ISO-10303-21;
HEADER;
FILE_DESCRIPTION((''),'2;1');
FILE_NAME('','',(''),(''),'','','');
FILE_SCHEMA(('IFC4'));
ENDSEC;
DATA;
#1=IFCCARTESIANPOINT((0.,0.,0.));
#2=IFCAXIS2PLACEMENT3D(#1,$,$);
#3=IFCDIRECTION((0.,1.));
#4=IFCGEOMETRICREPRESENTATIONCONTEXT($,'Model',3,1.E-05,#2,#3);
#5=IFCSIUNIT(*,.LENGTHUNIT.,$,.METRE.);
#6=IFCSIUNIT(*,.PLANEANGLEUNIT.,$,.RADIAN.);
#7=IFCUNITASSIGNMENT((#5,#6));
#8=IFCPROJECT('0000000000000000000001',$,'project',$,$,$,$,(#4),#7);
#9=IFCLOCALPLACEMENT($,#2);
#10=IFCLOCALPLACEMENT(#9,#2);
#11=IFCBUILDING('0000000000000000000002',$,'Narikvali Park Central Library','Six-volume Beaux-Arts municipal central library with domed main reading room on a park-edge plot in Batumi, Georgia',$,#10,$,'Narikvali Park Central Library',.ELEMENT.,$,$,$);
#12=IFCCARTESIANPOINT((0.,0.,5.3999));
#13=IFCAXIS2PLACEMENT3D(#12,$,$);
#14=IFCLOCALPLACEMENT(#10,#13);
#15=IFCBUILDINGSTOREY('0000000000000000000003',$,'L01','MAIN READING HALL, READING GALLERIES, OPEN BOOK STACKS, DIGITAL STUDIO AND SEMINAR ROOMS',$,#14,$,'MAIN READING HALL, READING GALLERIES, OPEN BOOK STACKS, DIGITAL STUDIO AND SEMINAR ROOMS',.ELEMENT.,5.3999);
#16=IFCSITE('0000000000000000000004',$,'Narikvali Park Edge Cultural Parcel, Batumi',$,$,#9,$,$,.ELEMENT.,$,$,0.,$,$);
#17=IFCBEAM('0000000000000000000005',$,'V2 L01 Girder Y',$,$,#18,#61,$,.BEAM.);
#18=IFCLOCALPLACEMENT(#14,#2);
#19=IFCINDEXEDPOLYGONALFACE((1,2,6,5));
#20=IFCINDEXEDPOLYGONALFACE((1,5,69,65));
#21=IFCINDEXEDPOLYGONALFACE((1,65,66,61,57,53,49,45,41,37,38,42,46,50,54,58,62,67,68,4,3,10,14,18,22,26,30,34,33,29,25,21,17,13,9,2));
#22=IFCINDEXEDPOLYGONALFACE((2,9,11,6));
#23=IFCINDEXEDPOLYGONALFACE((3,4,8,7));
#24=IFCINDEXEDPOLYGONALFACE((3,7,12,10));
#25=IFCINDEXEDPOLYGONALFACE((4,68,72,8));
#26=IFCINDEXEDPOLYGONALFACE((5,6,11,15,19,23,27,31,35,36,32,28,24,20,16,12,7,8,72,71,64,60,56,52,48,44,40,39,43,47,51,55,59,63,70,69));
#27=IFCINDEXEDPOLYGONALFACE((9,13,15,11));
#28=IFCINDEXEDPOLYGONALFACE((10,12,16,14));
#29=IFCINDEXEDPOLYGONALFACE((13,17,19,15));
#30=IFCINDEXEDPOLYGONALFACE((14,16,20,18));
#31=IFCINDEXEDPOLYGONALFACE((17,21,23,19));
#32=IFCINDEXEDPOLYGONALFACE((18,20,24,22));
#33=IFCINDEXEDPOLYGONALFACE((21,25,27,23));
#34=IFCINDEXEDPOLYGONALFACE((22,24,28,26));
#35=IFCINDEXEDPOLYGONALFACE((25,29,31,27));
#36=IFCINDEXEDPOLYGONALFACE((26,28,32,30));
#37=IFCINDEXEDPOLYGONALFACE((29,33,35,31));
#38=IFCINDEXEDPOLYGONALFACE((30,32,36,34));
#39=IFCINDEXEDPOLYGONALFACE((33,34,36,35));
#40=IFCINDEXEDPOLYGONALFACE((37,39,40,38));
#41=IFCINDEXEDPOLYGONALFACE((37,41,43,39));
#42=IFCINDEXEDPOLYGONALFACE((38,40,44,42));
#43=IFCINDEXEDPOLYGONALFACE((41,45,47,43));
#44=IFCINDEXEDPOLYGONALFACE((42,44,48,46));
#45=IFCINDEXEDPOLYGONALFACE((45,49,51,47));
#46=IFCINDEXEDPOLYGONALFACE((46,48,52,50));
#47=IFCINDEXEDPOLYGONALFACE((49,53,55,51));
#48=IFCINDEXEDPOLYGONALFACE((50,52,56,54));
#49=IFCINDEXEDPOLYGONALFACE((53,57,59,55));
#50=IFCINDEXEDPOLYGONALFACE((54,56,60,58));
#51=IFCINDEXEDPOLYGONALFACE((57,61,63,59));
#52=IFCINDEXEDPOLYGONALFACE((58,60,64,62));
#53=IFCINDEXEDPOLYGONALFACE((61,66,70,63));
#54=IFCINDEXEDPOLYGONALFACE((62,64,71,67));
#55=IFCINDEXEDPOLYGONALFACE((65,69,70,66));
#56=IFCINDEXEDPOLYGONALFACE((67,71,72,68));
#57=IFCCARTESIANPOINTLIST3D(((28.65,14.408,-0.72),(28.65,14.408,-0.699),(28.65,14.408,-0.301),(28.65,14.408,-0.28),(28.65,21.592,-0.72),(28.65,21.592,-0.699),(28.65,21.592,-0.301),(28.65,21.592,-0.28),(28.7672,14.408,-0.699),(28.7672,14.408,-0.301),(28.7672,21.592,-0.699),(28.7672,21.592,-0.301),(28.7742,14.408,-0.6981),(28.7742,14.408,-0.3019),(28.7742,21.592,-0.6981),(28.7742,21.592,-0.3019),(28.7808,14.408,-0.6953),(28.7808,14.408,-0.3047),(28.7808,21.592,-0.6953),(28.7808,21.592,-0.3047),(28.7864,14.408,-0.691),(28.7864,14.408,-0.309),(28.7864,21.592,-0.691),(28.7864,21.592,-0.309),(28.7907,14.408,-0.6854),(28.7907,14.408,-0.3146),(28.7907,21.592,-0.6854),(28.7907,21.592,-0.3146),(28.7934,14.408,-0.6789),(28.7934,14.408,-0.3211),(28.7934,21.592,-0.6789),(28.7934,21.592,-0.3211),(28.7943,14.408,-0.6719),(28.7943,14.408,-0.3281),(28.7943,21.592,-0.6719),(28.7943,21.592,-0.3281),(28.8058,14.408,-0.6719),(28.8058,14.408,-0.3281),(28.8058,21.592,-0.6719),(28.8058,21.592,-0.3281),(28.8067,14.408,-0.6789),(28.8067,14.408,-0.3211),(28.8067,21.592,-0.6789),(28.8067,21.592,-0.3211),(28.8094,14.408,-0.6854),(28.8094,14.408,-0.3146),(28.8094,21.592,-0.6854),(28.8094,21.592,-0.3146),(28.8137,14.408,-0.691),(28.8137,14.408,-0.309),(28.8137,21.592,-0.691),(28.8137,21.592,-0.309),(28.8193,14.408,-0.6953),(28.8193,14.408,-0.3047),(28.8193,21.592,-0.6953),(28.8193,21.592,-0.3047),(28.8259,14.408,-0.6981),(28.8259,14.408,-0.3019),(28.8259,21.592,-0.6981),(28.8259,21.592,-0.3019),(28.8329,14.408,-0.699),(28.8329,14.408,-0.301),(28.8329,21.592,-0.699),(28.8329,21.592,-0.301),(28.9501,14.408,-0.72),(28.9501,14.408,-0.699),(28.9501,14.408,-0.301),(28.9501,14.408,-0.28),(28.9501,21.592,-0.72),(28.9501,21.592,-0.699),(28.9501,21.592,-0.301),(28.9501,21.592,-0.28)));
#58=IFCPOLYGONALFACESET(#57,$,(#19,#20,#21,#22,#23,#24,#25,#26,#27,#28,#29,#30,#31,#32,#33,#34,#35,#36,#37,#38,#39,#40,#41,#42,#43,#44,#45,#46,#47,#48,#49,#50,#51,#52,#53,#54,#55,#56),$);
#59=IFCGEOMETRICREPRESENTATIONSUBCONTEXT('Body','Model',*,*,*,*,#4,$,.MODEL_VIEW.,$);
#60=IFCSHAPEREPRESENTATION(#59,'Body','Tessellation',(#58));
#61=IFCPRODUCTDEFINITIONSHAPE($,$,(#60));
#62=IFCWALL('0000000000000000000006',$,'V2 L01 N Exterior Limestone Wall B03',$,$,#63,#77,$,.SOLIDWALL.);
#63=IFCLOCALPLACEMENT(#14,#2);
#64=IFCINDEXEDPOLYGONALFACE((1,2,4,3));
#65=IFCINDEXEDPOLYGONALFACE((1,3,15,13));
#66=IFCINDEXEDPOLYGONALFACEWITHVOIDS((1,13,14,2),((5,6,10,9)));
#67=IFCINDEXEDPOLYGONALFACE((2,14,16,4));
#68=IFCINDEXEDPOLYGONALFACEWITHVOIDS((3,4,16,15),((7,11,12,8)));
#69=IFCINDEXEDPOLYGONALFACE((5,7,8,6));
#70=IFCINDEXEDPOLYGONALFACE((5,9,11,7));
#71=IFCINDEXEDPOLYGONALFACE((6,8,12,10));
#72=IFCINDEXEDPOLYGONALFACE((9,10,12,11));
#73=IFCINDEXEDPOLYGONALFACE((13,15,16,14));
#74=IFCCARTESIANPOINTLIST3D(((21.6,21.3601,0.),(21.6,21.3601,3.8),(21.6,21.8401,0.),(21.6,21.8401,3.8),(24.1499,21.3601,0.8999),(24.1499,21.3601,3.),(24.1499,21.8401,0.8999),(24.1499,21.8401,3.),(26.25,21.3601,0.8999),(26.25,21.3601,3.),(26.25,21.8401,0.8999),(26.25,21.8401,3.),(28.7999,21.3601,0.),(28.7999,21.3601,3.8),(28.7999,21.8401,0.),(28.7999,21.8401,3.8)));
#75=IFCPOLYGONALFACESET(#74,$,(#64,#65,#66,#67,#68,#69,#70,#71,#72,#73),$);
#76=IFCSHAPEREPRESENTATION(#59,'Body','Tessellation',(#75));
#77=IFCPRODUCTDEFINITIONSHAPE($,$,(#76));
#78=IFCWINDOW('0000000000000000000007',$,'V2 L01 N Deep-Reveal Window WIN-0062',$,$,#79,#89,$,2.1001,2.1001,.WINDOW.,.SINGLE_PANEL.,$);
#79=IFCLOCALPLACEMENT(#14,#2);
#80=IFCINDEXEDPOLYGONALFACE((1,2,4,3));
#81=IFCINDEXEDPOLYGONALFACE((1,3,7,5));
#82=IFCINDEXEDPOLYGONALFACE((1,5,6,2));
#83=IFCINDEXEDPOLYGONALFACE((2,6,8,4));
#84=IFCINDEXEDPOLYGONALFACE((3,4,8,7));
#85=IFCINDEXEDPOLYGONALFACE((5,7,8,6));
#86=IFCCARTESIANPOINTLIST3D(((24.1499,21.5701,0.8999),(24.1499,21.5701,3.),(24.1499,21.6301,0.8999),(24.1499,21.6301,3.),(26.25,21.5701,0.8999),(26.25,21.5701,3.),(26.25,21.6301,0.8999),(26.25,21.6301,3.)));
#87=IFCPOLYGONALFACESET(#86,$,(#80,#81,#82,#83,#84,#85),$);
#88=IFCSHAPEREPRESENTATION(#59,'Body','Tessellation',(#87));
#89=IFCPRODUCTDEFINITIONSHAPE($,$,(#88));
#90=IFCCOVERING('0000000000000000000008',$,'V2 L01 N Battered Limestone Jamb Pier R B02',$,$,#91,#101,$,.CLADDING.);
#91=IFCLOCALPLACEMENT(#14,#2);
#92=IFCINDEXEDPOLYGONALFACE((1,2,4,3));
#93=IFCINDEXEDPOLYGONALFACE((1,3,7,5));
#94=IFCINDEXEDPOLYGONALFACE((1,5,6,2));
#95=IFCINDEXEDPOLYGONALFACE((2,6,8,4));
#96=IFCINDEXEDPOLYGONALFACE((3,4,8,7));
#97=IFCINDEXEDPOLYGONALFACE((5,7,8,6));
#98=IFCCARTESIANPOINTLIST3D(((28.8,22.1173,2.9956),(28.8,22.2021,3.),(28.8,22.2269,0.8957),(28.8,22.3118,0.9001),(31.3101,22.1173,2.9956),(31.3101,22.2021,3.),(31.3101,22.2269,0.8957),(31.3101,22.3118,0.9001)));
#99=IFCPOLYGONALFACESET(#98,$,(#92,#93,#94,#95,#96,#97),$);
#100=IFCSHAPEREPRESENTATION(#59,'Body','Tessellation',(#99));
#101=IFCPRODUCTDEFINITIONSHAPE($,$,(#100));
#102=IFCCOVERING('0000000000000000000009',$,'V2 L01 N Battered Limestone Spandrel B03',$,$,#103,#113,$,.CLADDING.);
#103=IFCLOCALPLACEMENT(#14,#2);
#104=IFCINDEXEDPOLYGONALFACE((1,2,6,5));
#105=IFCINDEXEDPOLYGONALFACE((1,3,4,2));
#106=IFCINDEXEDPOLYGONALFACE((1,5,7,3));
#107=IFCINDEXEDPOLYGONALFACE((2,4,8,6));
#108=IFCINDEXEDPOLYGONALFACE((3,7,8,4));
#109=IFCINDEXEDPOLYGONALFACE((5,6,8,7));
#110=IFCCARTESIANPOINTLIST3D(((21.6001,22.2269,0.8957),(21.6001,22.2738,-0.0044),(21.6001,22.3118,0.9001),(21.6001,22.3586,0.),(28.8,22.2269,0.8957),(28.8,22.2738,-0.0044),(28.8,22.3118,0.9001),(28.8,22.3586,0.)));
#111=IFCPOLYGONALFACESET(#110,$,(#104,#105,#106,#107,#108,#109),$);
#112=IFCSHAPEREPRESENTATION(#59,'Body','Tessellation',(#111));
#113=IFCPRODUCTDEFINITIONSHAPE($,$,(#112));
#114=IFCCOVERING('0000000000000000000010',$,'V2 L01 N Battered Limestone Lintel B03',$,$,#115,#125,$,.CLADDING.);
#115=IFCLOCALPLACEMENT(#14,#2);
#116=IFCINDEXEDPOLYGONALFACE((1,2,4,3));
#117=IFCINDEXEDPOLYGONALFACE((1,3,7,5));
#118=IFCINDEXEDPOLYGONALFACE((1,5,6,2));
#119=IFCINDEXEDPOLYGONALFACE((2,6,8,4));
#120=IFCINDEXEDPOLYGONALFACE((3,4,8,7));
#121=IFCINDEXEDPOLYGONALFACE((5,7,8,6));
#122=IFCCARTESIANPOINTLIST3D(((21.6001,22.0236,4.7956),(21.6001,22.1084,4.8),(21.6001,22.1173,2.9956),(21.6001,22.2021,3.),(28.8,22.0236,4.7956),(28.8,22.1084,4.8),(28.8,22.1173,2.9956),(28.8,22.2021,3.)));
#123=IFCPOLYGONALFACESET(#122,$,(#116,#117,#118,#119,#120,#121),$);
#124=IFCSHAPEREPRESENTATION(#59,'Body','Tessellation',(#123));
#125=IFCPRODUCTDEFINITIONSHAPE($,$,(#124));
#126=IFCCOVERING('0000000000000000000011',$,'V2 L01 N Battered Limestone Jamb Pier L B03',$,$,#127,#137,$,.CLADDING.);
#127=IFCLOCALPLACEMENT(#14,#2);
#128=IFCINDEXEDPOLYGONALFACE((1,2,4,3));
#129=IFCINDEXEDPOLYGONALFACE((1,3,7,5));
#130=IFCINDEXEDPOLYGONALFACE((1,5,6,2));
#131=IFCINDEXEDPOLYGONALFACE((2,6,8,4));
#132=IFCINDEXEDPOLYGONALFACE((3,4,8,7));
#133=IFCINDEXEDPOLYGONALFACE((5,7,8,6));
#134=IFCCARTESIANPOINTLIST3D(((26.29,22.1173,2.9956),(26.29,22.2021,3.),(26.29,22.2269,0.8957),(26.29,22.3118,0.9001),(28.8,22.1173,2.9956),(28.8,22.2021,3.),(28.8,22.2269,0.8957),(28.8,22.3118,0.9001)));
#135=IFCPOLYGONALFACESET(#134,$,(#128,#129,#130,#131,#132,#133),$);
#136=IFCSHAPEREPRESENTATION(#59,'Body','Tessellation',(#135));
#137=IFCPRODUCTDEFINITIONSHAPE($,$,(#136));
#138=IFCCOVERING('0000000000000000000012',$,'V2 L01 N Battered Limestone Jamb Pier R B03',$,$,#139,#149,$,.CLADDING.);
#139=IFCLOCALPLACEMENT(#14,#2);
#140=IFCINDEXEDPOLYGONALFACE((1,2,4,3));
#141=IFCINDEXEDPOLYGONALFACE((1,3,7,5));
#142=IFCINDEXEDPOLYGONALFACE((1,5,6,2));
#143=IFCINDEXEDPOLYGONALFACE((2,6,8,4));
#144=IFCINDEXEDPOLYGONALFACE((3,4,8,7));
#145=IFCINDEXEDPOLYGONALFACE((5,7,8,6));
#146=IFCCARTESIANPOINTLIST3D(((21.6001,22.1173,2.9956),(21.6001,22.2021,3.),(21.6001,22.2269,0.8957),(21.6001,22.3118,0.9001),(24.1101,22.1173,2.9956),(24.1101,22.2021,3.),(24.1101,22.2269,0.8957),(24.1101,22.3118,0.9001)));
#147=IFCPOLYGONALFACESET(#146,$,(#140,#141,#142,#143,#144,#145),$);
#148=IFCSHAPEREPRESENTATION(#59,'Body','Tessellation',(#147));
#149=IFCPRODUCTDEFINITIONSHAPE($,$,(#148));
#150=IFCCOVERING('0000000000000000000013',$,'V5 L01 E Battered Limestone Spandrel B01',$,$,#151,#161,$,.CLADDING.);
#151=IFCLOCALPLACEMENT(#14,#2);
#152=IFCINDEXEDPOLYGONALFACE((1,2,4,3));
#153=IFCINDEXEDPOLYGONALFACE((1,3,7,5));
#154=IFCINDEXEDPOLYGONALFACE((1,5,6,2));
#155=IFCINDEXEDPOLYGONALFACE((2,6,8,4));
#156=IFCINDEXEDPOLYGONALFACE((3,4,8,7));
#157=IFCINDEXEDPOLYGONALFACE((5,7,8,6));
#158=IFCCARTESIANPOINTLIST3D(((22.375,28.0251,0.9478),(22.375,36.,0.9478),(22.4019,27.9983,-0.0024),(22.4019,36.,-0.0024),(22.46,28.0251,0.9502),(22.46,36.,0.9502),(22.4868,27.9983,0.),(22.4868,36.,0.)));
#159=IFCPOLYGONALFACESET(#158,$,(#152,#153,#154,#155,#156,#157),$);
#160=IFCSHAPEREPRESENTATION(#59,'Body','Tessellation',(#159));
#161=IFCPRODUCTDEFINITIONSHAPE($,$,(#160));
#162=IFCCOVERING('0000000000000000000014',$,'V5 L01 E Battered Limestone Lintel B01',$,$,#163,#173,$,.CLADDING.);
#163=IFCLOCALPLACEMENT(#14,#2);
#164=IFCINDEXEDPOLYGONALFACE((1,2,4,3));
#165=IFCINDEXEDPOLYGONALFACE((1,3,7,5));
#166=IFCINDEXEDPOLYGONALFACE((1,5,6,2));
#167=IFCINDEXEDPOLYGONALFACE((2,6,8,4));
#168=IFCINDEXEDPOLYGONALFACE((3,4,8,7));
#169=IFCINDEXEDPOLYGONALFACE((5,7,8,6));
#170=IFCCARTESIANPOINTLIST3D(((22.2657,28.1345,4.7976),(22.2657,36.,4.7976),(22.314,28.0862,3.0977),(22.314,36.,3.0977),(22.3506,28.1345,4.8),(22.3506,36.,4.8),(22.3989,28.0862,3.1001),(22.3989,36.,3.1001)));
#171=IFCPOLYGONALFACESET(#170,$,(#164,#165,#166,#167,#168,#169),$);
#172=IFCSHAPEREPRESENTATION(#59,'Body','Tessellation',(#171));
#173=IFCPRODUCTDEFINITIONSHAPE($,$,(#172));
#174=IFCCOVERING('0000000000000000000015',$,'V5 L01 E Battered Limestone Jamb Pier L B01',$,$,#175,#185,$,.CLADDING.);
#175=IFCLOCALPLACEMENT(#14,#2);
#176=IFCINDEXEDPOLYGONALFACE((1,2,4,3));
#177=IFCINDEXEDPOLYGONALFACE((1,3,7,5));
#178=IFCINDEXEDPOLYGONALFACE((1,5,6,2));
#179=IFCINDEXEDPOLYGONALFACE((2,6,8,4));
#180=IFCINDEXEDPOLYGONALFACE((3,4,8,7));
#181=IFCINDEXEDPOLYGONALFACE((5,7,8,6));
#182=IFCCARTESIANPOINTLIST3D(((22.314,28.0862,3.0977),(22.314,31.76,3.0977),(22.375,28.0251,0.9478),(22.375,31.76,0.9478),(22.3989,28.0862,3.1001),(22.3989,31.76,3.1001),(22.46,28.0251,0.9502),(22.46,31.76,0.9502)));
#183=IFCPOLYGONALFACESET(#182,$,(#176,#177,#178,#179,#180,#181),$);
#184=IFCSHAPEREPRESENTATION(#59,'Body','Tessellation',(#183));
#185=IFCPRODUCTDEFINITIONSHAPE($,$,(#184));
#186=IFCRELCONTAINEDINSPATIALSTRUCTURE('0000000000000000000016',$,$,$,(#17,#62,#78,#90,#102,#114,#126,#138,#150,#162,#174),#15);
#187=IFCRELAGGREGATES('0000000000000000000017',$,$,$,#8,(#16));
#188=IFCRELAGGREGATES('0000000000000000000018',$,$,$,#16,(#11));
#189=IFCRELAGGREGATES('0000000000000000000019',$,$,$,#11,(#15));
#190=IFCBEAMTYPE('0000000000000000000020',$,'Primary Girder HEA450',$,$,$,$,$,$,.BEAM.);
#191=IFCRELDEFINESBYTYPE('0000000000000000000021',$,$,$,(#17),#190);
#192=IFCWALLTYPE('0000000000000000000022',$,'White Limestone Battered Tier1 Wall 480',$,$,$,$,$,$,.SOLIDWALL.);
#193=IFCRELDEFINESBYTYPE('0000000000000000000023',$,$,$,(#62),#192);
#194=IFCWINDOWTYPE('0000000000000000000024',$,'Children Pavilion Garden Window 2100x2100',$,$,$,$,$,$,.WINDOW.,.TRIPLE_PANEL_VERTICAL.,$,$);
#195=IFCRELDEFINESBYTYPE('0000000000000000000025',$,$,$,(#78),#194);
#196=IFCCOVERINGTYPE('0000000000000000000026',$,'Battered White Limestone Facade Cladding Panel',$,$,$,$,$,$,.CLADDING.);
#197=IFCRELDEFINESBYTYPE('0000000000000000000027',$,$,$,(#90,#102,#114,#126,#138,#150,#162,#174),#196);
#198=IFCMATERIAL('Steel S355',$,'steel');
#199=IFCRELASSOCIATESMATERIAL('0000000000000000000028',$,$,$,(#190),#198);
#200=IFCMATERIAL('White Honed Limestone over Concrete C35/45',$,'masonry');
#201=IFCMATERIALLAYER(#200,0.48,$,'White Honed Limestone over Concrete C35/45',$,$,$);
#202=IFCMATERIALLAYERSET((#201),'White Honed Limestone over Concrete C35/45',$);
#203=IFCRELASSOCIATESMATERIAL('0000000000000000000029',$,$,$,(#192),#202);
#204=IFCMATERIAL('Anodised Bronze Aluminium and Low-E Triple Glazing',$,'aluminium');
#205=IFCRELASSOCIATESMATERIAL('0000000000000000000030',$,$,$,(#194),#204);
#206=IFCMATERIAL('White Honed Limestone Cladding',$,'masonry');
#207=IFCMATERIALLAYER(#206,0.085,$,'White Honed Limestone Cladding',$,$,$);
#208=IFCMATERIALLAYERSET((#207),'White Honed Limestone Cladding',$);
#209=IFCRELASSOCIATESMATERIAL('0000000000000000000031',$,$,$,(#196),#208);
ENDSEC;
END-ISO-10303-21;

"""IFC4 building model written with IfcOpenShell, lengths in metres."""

from ifc_helpers import new_model, si_unit, direction, frame, frame_2d, origin, origin_2d, place, context, subcontext, project, spatial, polyline, rectangle, i_section, outline, extrude, material, layer, layer_set, material_profile, profile_set, type_object, element, fill, save


model = new_model("IFC4")

# Units and contexts
model_context = context("Model", 3, precision=1e-05, world=origin(), true_north=direction((0.0, 1.0)))
body_context = subcontext(model_context, "Body", "Model", "MODEL_VIEW")
ifc_project = project(units=[si_unit("LENGTHUNIT", "METRE"), si_unit("PLANEANGLEUNIT", "RADIAN")], contexts=[model_context])

# Site, building, storey
site_placement = place(None, origin())
site = spatial("IfcSite", under=ifc_project, at=site_placement, Name="Narikvali Park Edge Cultural Parcel, Batumi", CompositionType="ELEMENT", RefElevation=0.0)
building_placement = place(site_placement, origin())
building = spatial("IfcBuilding", under=site, at=building_placement, Name="Narikvali Park Central Library", Description="Six-volume Beaux-Arts municipal central library with domed main reading room on a park-edge plot in Batumi, Georgia", LongName="Narikvali Park Central Library", CompositionType="ELEMENT")
storey_placement = place(building_placement, frame((0.0, 0.0, 5.3999)))
storey = spatial("IfcBuildingStorey", under=building, at=storey_placement, Name="L01", Description="MAIN READING HALL, READING GALLERIES, OPEN BOOK STACKS, DIGITAL STUDIO AND SEMINAR ROOMS", LongName="MAIN READING HALL, READING GALLERIES, OPEN BOOK STACKS, DIGITAL STUDIO AND SEMINAR ROOMS", CompositionType="ELEMENT", Elevation=5.3999)

# Shared definitions
ifc_material_1 = material(Name="Steel S355", Category="steel")

# Beam
ifc_material_profile_1 = material_profile(ifc_material_1, i_section(OverallWidth=0.3, OverallDepth=0.4399, WebThickness=0.0115, FlangeThickness=0.021, FilletRadius=0.0271, at=origin_2d()), Name="HEA 450")
ifc_profile_set_1 = profile_set([ifc_material_profile_1], Name="Steel S355")
beam_type_1 = type_object("IfcBeamType", Name="Primary Girder HEA450", PredefinedType="BEAM", material=ifc_profile_set_1)
beam_1_placement = place(storey_placement, frame((28.8, 14.408, -0.5), z_axis=(0.0, 1.0, 0.0), x_axis=(-1.0, 0.0, 0.0)))
element("IfcBeam", 1, at=beam_1_placement, inside=storey, type_object=beam_type_1, Name="V2 L01 Girder Y", PredefinedType="BEAM", context=body_context, shape_type="SweptSolid", body=[
    extrude(i_section(OverallWidth=0.3, OverallDepth=0.4399, WebThickness=0.0115, FlangeThickness=0.021, FilletRadius=0.0271, at=origin_2d()), origin(), (0.0, 0.0, 1.0), 7.1841),
])

# Wall, opening, window
ifc_material_2 = material(Name="White Honed Limestone over Concrete C35/45", Category="masonry")
ifc_layer_1 = layer(ifc_material_2, 0.48, Name="White Honed Limestone over Concrete C35/45")
ifc_layer_set_1 = layer_set([ifc_layer_1], Name="White Honed Limestone over Concrete C35/45")
wall_type = type_object("IfcWallType", Name="White Limestone Battered Tier1 Wall 480", PredefinedType="SOLIDWALL", material=ifc_layer_set_1)
wall_placement = place(storey_placement, frame((28.8, 21.6001, 0.0), z_axis=(0.0, 0.0, 1.0), x_axis=(-1.0, 0.0, 0.0)))
wall = element("IfcWall", 2, at=wall_placement, inside=storey, type_object=wall_type, Name="V2 L01 N Exterior Limestone Wall B03", PredefinedType="SOLIDWALL", context=body_context, shape_type="SweptSolid", body=[
    extrude(rectangle(XDim=7.2, YDim=0.48, at=frame_2d((3.6001, 0.0))), origin(), (0.0, 0.0, 1.0), 3.8),
])
opening_placement = place(wall_placement, frame((2.55, 0.0, 0.8999)))
opening = element("IfcOpeningElement", 3, at=opening_placement, cuts=wall, PredefinedType="OPENING", context=body_context, shape_type="SweptSolid", body=[
    extrude(rectangle(XDim=2.1001, YDim=2.1001, at=frame_2d((1.05, 1.05))), frame((0.0, 0.252, 0.0), z_axis=(0.0, -1.0, 0.0), x_axis=(1.0, 0.0, 0.0)), (0.0, 0.0, 1.0), 0.5039),
])
ifc_material_3 = material(Name="Anodised Bronze Aluminium and Low-E Triple Glazing", Category="aluminium")
window_type = type_object("IfcWindowType", Name="Children Pavilion Garden Window 2100x2100", PartitioningType="TRIPLE_PANEL_VERTICAL", PredefinedType="WINDOW", material=ifc_material_3)
window_placement = place(opening_placement, origin())
window = element("IfcWindow", 4, at=window_placement, inside=storey, type_object=window_type, Name="V2 L01 N Deep-Reveal Window WIN-0062", OverallHeight=2.1001, OverallWidth=2.1001, PartitioningType="SINGLE_PANEL", PredefinedType="WINDOW", context=body_context, shape_type="SweptSolid", body=[
    extrude(rectangle(XDim=2.1001, YDim=2.1001, at=frame_2d((1.05, 1.05))), frame((0.0, 0.03, 0.0), z_axis=(0.0, -1.0, 0.0), x_axis=(1.0, 0.0, 0.0)), (0.0, 0.0, 1.0), 0.0601),
])
fill(opening, window)

# Coverings
ifc_material_4 = material(Name="White Honed Limestone Cladding", Category="masonry")
ifc_layer_2 = layer(ifc_material_4, 0.085, Name="White Honed Limestone Cladding")
ifc_layer_set_2 = layer_set([ifc_layer_2], Name="White Honed Limestone Cladding")
covering_type = type_object("IfcCoveringType", Name="Battered White Limestone Facade Cladding Panel", PredefinedType="CLADDING", material=ifc_layer_set_2)
covering_1_placement = place(storey_placement, frame((31.3101, 22.3118, 0.9001), z_axis=(0.0, 0.99864, 0.052132), x_axis=(-1.0, 0.0, 0.0)))
element("IfcCovering", 5, at=covering_1_placement, inside=storey, type_object=covering_type, Name="V2 L01 N Battered Limestone Jamb Pier R B02", PredefinedType="CLADDING", context=body_context, shape_type="SweptSolid", body=[
    extrude(outline(polyline([(0.0, 0.0), (2.51, 0.0), (2.51, 2.1027), (0.0, 2.1027), (0.0, 0.0)])), origin(), (0.0, 0.0, -1.0), 0.085),
])
covering_2_placement = place(storey_placement, frame((28.8, 22.3586, 0.0), z_axis=(0.0, 0.998647, 0.052004), x_axis=(-1.0, 0.0, 0.0)))
element("IfcCovering", 6, at=covering_2_placement, inside=storey, type_object=covering_type, Name="V2 L01 N Battered Limestone Spandrel B03", PredefinedType="CLADDING", context=body_context, shape_type="SweptSolid", body=[
    extrude(outline(polyline([(0.0, 0.0), (7.2, 0.0), (7.2, 0.9014), (0.0, 0.9014), (0.0, 0.0)])), origin(), (0.0, 0.0, -1.0), 0.085),
])
covering_3_placement = place(storey_placement, frame((28.8, 22.2021, 3.0), z_axis=(0.0, 0.998646, 0.052011), x_axis=(-1.0, 0.0, 0.0)))
element("IfcCovering", 7, at=covering_3_placement, inside=storey, type_object=covering_type, Name="V2 L01 N Battered Limestone Lintel B03", PredefinedType="CLADDING", context=body_context, shape_type="SweptSolid", body=[
    extrude(outline(polyline([(0.0, 0.0), (7.2, 0.0), (7.2, 1.8025), (0.0, 1.8025), (0.0, 0.0)])), origin(), (0.0, 0.0, -1.0), 0.085),
])
for number, where, z_axis, x_axis, name in (
    (8, (28.8, 22.3118, 0.9001), (0.0, 0.99864, 0.052132), (-1.0, 0.0, 0.0), "V2 L01 N Battered Limestone Jamb Pier L B03"),
    (9, (24.1101, 22.3118, 0.9001), (0.0, 0.99864, 0.052132), (-1.0, 0.0, 0.0), "V2 L01 N Battered Limestone Jamb Pier R B03"),
):
    element("IfcCovering", number, at=place(storey_placement, frame(where, z_axis=z_axis, x_axis=x_axis)), inside=storey, type_object=covering_type, Name=name, PredefinedType="CLADDING", context=body_context, shape_type="SweptSolid", body=[
        extrude(outline(polyline([(0.0, 0.0), (2.51, 0.0), (2.51, 2.1027), (0.0, 2.1027), (0.0, 0.0)])), origin(), (0.0, 0.0, -1.0), 0.085),
    ])
covering_4_placement = place(storey_placement, frame((22.4868, 27.9983, 0.0), z_axis=(0.999601, 0.0, 0.028252), x_axis=(0.0, 1.0, 0.0)))
element("IfcCovering", 10, at=covering_4_placement, inside=storey, type_object=covering_type, Name="V5 L01 E Battered Limestone Spandrel B01", PredefinedType="CLADDING", context=body_context, shape_type="SweptSolid", body=[
    extrude(outline(polyline([(0.0, 0.0), (8.0017, 0.0), (8.0017, 0.9506), (0.0269, 0.9506), (0.0, 0.0)])), origin(), (0.0, 0.0, -1.0), 0.085),
])
covering_5_placement = place(storey_placement, frame((22.3989, 28.0862, 3.1001), z_axis=(0.999596, 0.0, 0.028425), x_axis=(0.0, 1.0, 0.0)))
element("IfcCovering", 11, at=covering_5_placement, inside=storey, type_object=covering_type, Name="V5 L01 E Battered Limestone Lintel B01", PredefinedType="CLADDING", context=body_context, shape_type="SweptSolid", body=[
    extrude(outline(polyline([(0.0, 0.0), (7.9138, 0.0), (7.9138, 1.7006), (0.0483, 1.7006), (0.0, 0.0)])), origin(), (0.0, 0.0, -1.0), 0.085),
])
covering_6_placement = place(storey_placement, frame((22.46, 28.0251, 0.9502), z_axis=(0.999597, 0.0, 0.028378), x_axis=(0.0, 1.0, 0.0)))
element("IfcCovering", 12, at=covering_6_placement, inside=storey, type_object=covering_type, Name="V5 L01 E Battered Limestone Jamb Pier L B01", PredefinedType="CLADDING", context=body_context, shape_type="SweptSolid", body=[
    extrude(outline(polyline([(0.0, 0.0), (3.7349, 0.0), (3.7349, 2.1508), (0.061, 2.1508), (0.0, 0.0)])), origin(), (0.0, 0.0, -1.0), 0.085),
])

save(model, "model.ifc")
